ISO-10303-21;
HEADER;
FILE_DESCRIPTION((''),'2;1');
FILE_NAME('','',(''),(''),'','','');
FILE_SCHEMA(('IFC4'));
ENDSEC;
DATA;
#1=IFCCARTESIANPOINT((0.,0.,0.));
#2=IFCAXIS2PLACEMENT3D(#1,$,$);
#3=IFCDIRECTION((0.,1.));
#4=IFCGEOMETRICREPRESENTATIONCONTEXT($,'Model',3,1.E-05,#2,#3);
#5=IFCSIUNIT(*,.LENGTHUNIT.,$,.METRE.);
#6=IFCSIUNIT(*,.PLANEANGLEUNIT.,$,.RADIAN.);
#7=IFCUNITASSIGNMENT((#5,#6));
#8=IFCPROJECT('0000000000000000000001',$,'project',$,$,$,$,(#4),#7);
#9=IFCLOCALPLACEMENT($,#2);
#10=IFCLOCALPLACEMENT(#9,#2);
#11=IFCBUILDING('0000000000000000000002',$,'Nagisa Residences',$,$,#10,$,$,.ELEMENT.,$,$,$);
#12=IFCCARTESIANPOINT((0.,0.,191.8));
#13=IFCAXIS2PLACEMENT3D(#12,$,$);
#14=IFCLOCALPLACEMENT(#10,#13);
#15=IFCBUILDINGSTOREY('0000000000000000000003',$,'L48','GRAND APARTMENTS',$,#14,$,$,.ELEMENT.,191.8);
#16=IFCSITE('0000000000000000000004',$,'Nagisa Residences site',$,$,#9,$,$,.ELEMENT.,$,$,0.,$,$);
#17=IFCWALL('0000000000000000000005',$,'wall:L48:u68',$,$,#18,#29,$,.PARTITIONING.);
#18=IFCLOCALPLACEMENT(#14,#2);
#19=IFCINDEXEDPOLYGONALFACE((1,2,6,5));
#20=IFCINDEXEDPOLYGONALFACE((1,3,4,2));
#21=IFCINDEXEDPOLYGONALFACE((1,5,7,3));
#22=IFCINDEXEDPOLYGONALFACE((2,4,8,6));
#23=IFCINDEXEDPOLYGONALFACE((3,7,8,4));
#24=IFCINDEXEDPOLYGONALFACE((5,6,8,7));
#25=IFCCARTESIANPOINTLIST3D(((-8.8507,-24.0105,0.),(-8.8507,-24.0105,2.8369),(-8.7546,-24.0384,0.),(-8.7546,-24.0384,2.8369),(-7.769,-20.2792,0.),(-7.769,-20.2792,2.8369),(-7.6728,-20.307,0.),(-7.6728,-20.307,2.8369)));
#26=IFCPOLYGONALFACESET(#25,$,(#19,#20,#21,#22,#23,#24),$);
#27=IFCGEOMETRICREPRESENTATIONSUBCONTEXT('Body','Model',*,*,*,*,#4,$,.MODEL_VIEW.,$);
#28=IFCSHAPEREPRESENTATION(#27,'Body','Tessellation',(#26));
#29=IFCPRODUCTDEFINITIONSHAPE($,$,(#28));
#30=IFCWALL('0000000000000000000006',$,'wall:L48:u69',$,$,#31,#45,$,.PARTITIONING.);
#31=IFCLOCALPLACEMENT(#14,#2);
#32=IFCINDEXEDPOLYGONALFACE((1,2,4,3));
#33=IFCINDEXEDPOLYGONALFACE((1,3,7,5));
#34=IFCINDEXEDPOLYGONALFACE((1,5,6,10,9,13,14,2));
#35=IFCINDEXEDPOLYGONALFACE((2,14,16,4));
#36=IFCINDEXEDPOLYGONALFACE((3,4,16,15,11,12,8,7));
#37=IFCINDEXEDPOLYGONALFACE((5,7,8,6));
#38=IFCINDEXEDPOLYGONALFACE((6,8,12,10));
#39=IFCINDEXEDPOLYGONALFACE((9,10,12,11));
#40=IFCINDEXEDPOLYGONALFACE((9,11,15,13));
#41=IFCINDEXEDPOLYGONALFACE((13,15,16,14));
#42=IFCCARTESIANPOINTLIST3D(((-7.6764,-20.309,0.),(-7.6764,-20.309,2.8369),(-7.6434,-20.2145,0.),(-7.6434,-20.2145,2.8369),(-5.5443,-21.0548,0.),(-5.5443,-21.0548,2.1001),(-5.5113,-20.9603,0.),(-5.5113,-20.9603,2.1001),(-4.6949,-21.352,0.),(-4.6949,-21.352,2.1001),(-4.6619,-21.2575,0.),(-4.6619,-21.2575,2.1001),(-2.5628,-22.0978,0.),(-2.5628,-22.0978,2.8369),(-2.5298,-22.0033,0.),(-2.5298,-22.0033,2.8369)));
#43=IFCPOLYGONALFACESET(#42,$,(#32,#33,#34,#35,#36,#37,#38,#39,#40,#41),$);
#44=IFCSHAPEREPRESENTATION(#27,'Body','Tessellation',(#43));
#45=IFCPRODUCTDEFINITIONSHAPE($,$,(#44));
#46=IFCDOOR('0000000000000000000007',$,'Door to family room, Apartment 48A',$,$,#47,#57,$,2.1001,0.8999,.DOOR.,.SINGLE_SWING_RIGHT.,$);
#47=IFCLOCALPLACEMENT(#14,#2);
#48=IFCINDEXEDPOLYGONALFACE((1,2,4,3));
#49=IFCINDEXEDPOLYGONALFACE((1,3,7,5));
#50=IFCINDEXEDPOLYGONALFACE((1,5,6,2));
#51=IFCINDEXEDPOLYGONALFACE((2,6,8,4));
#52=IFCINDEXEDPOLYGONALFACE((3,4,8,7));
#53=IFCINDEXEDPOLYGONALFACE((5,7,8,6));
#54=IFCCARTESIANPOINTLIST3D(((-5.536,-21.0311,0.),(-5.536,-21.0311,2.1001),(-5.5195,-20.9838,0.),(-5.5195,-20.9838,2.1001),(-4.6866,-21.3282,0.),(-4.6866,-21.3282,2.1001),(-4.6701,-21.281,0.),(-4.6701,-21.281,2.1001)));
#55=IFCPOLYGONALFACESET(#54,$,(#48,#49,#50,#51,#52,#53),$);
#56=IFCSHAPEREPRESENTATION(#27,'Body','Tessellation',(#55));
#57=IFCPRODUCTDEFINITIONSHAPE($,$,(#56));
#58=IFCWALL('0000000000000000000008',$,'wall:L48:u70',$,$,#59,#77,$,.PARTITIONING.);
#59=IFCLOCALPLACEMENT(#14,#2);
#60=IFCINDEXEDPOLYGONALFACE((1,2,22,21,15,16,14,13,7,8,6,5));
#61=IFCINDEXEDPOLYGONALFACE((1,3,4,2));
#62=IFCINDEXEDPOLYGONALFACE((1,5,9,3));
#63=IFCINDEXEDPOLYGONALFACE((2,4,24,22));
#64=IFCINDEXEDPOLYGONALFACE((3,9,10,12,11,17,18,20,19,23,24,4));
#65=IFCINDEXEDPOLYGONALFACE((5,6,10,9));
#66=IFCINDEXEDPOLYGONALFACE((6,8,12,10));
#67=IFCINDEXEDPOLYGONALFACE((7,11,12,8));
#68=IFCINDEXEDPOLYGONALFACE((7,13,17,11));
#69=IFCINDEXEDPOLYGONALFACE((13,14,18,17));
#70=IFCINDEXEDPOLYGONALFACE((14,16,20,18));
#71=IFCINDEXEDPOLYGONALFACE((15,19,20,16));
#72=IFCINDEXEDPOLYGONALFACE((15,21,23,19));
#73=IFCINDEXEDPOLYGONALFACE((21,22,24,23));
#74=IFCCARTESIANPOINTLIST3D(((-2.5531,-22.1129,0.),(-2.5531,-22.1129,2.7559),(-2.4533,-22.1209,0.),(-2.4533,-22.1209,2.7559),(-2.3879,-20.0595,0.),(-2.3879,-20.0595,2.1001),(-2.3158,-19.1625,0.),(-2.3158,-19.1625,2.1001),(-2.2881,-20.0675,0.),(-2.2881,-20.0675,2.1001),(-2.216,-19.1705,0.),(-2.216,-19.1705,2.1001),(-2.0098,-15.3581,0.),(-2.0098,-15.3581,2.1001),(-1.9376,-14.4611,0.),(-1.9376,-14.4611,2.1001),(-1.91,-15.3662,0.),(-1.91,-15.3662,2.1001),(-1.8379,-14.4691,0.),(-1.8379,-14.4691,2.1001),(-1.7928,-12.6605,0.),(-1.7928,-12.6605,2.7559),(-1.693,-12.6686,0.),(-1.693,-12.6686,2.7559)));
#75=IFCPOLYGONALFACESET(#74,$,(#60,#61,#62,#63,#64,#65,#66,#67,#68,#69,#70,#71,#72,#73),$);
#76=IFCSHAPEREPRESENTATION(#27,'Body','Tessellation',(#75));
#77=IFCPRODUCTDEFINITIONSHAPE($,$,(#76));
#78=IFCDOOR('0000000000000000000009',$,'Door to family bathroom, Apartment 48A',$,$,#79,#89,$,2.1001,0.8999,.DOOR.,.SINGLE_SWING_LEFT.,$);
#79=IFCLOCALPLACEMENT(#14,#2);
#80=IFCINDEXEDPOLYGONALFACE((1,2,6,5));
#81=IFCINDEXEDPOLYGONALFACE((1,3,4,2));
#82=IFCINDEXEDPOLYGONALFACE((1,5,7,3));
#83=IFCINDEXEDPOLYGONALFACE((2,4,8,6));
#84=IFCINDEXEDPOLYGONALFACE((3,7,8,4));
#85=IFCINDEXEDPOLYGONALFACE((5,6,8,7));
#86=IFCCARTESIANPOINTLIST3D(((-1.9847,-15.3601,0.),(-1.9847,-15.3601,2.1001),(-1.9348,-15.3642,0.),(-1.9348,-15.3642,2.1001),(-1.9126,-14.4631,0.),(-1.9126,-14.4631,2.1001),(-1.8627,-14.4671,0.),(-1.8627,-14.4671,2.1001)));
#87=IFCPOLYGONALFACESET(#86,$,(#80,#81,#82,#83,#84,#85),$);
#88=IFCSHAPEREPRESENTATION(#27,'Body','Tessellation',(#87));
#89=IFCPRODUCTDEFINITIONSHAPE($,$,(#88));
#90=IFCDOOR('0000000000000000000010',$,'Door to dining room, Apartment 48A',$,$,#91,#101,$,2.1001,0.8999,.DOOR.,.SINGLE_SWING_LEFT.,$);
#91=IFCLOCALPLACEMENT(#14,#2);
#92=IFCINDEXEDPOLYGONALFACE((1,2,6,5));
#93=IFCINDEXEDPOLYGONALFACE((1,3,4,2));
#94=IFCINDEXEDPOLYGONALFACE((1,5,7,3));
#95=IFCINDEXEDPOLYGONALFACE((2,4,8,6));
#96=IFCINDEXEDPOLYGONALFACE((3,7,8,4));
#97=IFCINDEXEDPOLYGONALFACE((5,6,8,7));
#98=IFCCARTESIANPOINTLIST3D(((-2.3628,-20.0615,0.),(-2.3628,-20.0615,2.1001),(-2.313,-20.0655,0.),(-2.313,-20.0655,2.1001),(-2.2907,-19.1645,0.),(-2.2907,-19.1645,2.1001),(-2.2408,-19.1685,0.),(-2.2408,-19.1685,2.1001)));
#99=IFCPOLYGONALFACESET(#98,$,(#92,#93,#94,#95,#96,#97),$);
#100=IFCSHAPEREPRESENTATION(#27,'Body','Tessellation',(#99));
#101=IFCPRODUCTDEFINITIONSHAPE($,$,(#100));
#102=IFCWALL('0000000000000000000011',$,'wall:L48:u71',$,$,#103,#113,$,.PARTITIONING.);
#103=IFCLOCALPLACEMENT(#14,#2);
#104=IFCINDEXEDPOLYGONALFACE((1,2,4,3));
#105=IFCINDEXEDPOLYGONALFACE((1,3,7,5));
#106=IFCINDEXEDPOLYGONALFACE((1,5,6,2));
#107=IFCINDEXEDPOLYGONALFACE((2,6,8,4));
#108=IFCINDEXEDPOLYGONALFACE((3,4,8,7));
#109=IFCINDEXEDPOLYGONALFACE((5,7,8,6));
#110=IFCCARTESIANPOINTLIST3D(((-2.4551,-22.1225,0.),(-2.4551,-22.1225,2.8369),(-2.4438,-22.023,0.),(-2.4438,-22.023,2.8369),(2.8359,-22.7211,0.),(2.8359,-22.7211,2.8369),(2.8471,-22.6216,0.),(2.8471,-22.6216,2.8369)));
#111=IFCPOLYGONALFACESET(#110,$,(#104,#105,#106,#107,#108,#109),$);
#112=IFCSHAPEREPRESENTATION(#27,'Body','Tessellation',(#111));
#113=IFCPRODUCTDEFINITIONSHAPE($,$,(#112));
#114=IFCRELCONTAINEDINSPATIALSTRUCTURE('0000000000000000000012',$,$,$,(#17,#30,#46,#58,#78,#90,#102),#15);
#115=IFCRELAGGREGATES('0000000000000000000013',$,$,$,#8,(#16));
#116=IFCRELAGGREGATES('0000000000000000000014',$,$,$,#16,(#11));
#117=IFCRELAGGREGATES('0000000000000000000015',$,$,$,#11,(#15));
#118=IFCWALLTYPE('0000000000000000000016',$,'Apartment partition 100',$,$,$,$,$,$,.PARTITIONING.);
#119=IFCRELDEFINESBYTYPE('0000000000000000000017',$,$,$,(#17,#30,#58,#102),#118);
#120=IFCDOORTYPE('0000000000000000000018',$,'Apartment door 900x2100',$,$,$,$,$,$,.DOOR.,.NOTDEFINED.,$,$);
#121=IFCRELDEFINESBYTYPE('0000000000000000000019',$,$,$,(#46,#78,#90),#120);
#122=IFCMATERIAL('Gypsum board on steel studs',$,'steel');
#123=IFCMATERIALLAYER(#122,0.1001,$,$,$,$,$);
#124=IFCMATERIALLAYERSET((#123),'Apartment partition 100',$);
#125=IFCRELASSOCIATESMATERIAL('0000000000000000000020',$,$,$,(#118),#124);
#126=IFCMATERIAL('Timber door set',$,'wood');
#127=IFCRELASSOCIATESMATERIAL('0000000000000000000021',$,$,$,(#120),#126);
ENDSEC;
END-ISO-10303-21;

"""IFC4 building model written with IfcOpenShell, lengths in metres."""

from ifc_helpers import new_model, si_unit, direction, frame, frame_2d, origin, place, context, subcontext, project, spatial, rectangle, extrude, material, layer, layer_set, type_object, element, fill, save


model = new_model("IFC4")

# Units and contexts
model_context = context("Model", 3, precision=1e-05, world=origin(), true_north=direction((0.0, 1.0)))
body_context = subcontext(model_context, "Body", "Model", "MODEL_VIEW")
ifc_project = project(units=[si_unit("LENGTHUNIT", "METRE"), si_unit("PLANEANGLEUNIT", "RADIAN")], contexts=[model_context])

# Site, building, storey
site_placement = place(None, origin())
site = spatial("IfcSite", under=ifc_project, at=site_placement, Name="Nagisa Residences site", CompositionType="ELEMENT", RefElevation=0.0)
building_placement = place(site_placement, origin())
building = spatial("IfcBuilding", under=site, at=building_placement, Name="Nagisa Residences", CompositionType="ELEMENT")
storey_placement = place(building_placement, frame((0.0, 0.0, 191.8)))
storey = spatial("IfcBuildingStorey", under=building, at=storey_placement, Name="L48", Description="GRAND APARTMENTS", CompositionType="ELEMENT", Elevation=191.8)

# Shared definitions
ifc_material_1 = material(Name="Gypsum board on steel studs", Category="steel")
ifc_layer_1 = layer(ifc_material_1, 0.1001)
ifc_layer_set_1 = layer_set([ifc_layer_1], Name="Apartment partition 100")
wall_type_1 = type_object("IfcWallType", Name="Apartment partition 100", PredefinedType="PARTITIONING", material=ifc_layer_set_1)
ifc_material_2 = material(Name="Timber door set", Category="wood")
door_type_1 = type_object("IfcDoorType", Name="Apartment door 900x2100", OperationType="NOTDEFINED", PredefinedType="DOOR", material=ifc_material_2)

# Wall
wall_1_placement = place(storey_placement, frame((-7.7209, -20.2932, 0.0), z_axis=(0.0, 0.0, 1.0), x_axis=(-0.278446, -0.960452, 0.0)))
element("IfcWall", 1, at=wall_1_placement, inside=storey, type_object=wall_type_1, Name="wall:L48:u68", PredefinedType="PARTITIONING", context=body_context, shape_type="SweptSolid", body=[
    extrude(rectangle(XDim=3.885, YDim=0.1001, at=frame_2d((1.9424, 0.0))), origin(), (0.0, 0.0, 1.0), 2.8369),
])

# Wall, opening, door
wall_2_placement = place(storey_placement, frame((-7.6599, -20.2617, 0.0), z_axis=(0.0, 0.0, 1.0), x_axis=(0.943911, -0.3302, 0.0)))
wall_2 = element("IfcWall", 2, at=wall_2_placement, inside=storey, type_object=wall_type_1, Name="wall:L48:u69", PredefinedType="PARTITIONING", context=body_context, shape_type="SweptSolid", body=[
    extrude(rectangle(XDim=5.4175, YDim=0.1001, at=frame_2d((2.7087, 0.0))), origin(), (0.0, 0.0, 1.0), 2.8369),
])
opening_1_placement = place(wall_2_placement, frame((2.2588, 0.0, 0.0)))
opening_1 = element("IfcOpeningElement", 3, at=opening_1_placement, cuts=wall_2, PredefinedType="OPENING", context=body_context, shape_type="SweptSolid", body=[
    extrude(rectangle(XDim=0.8999, YDim=2.1001, at=frame_2d((0.45, 1.05))), frame((0.0, 0.0601, 0.0), z_axis=(0.0, -1.0, 0.0), x_axis=(1.0, 0.0, 0.0)), (0.0, 0.0, 1.0), 0.1201),
])
door_1_placement = place(opening_1_placement, frame((0.8999, 0.0, 0.0), x_axis=(-1.0, 0.0, 0.0)))
door_1 = element("IfcDoor", 4, at=door_1_placement, inside=storey, type_object=door_type_1, Name="Door to family room, Apartment 48A", OperationType="SINGLE_SWING_RIGHT", OverallHeight=2.1001, OverallWidth=0.8999, PredefinedType="DOOR", context=body_context, shape_type="SweptSolid", body=[
    extrude(rectangle(XDim=0.8999, YDim=2.1001, at=frame_2d((0.45, 1.05))), frame((0.0, 0.0249, 0.0), z_axis=(0.0, -1.0, 0.0), x_axis=(1.0, 0.0, 0.0)), (0.0, 0.0, 1.0), 0.05),
])
fill(opening_1, door_1)

# Wall, openings, doors
wall_3_placement = place(storey_placement, frame((-1.7429, -12.6646, 0.0), z_axis=(0.0, 0.0, 1.0), x_axis=(-0.080171, -0.996781, 0.0)))
wall_3 = element("IfcWall", 5, at=wall_3_placement, inside=storey, type_object=wall_type_1, Name="wall:L48:u70", PredefinedType="PARTITIONING", context=body_context, shape_type="SweptSolid", body=[
    extrude(rectangle(XDim=9.4829, YDim=0.1001, at=frame_2d((4.7415, 0.0))), origin(), (0.0, 0.0, 1.0), 2.7559),
])
opening_2_placement = place(wall_3_placement, frame((1.8064, 0.0, 0.0)))
opening_2 = element("IfcOpeningElement", 6, at=opening_2_placement, cuts=wall_3, PredefinedType="OPENING", context=body_context, shape_type="SweptSolid", body=[
    extrude(rectangle(XDim=0.8999, YDim=2.1001, at=frame_2d((0.45, 1.05))), frame((0.0, 0.0601, 0.0), z_axis=(0.0, -1.0, 0.0), x_axis=(1.0, 0.0, 0.0)), (0.0, 0.0, 1.0), 0.1201),
])
opening_3_placement = place(wall_3_placement, frame((6.5229, 0.0, 0.0)))
opening_3 = element("IfcOpeningElement", 7, at=opening_3_placement, cuts=wall_3, PredefinedType="OPENING", context=body_context, shape_type="SweptSolid", body=[
    extrude(rectangle(XDim=0.8999, YDim=2.1001, at=frame_2d((0.45, 1.05))), frame((0.0, 0.0601, 0.0), z_axis=(0.0, -1.0, 0.0), x_axis=(1.0, 0.0, 0.0)), (0.0, 0.0, 1.0), 0.1201),
])
door_2_placement = place(opening_2_placement, frame((0.8999, 0.0, 0.0), x_axis=(-1.0, 0.0, 0.0)))
door_2 = element("IfcDoor", 8, at=door_2_placement, inside=storey, type_object=door_type_1, Name="Door to family bathroom, Apartment 48A", OperationType="SINGLE_SWING_LEFT", OverallHeight=2.1001, OverallWidth=0.8999, PredefinedType="DOOR", context=body_context, shape_type="SweptSolid", body=[
    extrude(rectangle(XDim=0.8999, YDim=2.1001, at=frame_2d((0.45, 1.05))), frame((0.0, 0.0249, 0.0), z_axis=(0.0, -1.0, 0.0), x_axis=(1.0, 0.0, 0.0)), (0.0, 0.0, 1.0), 0.05),
])
fill(opening_2, door_2)
door_3_placement = place(opening_3_placement, frame((0.8999, 0.0, 0.0), x_axis=(-1.0, 0.0, 0.0)))
door_3 = element("IfcDoor", 9, at=door_3_placement, inside=storey, type_object=door_type_1, Name="Door to dining room, Apartment 48A", OperationType="SINGLE_SWING_LEFT", OverallHeight=2.1001, OverallWidth=0.8999, PredefinedType="DOOR", context=body_context, shape_type="SweptSolid", body=[
    extrude(rectangle(XDim=0.8999, YDim=2.1001, at=frame_2d((0.45, 1.05))), frame((0.0, 0.0249, 0.0), z_axis=(0.0, -1.0, 0.0), x_axis=(1.0, 0.0, 0.0)), (0.0, 0.0, 1.0), 0.05),
])
fill(opening_3, door_3)

# Wall
wall_4_placement = place(storey_placement, frame((-2.4495, -22.0728, 0.0), z_axis=(0.0, 0.0, 1.0), x_axis=(0.99366, -0.112424, 0.0)))
element("IfcWall", 10, at=wall_4_placement, inside=storey, type_object=wall_type_1, Name="wall:L48:u71", PredefinedType="PARTITIONING", context=body_context, shape_type="SweptSolid", body=[
    extrude(rectangle(XDim=5.3247, YDim=0.1001, at=frame_2d((2.6624, 0.0))), origin(), (0.0, 0.0, 1.0), 2.8369),
])

save(model, "model.ifc")
